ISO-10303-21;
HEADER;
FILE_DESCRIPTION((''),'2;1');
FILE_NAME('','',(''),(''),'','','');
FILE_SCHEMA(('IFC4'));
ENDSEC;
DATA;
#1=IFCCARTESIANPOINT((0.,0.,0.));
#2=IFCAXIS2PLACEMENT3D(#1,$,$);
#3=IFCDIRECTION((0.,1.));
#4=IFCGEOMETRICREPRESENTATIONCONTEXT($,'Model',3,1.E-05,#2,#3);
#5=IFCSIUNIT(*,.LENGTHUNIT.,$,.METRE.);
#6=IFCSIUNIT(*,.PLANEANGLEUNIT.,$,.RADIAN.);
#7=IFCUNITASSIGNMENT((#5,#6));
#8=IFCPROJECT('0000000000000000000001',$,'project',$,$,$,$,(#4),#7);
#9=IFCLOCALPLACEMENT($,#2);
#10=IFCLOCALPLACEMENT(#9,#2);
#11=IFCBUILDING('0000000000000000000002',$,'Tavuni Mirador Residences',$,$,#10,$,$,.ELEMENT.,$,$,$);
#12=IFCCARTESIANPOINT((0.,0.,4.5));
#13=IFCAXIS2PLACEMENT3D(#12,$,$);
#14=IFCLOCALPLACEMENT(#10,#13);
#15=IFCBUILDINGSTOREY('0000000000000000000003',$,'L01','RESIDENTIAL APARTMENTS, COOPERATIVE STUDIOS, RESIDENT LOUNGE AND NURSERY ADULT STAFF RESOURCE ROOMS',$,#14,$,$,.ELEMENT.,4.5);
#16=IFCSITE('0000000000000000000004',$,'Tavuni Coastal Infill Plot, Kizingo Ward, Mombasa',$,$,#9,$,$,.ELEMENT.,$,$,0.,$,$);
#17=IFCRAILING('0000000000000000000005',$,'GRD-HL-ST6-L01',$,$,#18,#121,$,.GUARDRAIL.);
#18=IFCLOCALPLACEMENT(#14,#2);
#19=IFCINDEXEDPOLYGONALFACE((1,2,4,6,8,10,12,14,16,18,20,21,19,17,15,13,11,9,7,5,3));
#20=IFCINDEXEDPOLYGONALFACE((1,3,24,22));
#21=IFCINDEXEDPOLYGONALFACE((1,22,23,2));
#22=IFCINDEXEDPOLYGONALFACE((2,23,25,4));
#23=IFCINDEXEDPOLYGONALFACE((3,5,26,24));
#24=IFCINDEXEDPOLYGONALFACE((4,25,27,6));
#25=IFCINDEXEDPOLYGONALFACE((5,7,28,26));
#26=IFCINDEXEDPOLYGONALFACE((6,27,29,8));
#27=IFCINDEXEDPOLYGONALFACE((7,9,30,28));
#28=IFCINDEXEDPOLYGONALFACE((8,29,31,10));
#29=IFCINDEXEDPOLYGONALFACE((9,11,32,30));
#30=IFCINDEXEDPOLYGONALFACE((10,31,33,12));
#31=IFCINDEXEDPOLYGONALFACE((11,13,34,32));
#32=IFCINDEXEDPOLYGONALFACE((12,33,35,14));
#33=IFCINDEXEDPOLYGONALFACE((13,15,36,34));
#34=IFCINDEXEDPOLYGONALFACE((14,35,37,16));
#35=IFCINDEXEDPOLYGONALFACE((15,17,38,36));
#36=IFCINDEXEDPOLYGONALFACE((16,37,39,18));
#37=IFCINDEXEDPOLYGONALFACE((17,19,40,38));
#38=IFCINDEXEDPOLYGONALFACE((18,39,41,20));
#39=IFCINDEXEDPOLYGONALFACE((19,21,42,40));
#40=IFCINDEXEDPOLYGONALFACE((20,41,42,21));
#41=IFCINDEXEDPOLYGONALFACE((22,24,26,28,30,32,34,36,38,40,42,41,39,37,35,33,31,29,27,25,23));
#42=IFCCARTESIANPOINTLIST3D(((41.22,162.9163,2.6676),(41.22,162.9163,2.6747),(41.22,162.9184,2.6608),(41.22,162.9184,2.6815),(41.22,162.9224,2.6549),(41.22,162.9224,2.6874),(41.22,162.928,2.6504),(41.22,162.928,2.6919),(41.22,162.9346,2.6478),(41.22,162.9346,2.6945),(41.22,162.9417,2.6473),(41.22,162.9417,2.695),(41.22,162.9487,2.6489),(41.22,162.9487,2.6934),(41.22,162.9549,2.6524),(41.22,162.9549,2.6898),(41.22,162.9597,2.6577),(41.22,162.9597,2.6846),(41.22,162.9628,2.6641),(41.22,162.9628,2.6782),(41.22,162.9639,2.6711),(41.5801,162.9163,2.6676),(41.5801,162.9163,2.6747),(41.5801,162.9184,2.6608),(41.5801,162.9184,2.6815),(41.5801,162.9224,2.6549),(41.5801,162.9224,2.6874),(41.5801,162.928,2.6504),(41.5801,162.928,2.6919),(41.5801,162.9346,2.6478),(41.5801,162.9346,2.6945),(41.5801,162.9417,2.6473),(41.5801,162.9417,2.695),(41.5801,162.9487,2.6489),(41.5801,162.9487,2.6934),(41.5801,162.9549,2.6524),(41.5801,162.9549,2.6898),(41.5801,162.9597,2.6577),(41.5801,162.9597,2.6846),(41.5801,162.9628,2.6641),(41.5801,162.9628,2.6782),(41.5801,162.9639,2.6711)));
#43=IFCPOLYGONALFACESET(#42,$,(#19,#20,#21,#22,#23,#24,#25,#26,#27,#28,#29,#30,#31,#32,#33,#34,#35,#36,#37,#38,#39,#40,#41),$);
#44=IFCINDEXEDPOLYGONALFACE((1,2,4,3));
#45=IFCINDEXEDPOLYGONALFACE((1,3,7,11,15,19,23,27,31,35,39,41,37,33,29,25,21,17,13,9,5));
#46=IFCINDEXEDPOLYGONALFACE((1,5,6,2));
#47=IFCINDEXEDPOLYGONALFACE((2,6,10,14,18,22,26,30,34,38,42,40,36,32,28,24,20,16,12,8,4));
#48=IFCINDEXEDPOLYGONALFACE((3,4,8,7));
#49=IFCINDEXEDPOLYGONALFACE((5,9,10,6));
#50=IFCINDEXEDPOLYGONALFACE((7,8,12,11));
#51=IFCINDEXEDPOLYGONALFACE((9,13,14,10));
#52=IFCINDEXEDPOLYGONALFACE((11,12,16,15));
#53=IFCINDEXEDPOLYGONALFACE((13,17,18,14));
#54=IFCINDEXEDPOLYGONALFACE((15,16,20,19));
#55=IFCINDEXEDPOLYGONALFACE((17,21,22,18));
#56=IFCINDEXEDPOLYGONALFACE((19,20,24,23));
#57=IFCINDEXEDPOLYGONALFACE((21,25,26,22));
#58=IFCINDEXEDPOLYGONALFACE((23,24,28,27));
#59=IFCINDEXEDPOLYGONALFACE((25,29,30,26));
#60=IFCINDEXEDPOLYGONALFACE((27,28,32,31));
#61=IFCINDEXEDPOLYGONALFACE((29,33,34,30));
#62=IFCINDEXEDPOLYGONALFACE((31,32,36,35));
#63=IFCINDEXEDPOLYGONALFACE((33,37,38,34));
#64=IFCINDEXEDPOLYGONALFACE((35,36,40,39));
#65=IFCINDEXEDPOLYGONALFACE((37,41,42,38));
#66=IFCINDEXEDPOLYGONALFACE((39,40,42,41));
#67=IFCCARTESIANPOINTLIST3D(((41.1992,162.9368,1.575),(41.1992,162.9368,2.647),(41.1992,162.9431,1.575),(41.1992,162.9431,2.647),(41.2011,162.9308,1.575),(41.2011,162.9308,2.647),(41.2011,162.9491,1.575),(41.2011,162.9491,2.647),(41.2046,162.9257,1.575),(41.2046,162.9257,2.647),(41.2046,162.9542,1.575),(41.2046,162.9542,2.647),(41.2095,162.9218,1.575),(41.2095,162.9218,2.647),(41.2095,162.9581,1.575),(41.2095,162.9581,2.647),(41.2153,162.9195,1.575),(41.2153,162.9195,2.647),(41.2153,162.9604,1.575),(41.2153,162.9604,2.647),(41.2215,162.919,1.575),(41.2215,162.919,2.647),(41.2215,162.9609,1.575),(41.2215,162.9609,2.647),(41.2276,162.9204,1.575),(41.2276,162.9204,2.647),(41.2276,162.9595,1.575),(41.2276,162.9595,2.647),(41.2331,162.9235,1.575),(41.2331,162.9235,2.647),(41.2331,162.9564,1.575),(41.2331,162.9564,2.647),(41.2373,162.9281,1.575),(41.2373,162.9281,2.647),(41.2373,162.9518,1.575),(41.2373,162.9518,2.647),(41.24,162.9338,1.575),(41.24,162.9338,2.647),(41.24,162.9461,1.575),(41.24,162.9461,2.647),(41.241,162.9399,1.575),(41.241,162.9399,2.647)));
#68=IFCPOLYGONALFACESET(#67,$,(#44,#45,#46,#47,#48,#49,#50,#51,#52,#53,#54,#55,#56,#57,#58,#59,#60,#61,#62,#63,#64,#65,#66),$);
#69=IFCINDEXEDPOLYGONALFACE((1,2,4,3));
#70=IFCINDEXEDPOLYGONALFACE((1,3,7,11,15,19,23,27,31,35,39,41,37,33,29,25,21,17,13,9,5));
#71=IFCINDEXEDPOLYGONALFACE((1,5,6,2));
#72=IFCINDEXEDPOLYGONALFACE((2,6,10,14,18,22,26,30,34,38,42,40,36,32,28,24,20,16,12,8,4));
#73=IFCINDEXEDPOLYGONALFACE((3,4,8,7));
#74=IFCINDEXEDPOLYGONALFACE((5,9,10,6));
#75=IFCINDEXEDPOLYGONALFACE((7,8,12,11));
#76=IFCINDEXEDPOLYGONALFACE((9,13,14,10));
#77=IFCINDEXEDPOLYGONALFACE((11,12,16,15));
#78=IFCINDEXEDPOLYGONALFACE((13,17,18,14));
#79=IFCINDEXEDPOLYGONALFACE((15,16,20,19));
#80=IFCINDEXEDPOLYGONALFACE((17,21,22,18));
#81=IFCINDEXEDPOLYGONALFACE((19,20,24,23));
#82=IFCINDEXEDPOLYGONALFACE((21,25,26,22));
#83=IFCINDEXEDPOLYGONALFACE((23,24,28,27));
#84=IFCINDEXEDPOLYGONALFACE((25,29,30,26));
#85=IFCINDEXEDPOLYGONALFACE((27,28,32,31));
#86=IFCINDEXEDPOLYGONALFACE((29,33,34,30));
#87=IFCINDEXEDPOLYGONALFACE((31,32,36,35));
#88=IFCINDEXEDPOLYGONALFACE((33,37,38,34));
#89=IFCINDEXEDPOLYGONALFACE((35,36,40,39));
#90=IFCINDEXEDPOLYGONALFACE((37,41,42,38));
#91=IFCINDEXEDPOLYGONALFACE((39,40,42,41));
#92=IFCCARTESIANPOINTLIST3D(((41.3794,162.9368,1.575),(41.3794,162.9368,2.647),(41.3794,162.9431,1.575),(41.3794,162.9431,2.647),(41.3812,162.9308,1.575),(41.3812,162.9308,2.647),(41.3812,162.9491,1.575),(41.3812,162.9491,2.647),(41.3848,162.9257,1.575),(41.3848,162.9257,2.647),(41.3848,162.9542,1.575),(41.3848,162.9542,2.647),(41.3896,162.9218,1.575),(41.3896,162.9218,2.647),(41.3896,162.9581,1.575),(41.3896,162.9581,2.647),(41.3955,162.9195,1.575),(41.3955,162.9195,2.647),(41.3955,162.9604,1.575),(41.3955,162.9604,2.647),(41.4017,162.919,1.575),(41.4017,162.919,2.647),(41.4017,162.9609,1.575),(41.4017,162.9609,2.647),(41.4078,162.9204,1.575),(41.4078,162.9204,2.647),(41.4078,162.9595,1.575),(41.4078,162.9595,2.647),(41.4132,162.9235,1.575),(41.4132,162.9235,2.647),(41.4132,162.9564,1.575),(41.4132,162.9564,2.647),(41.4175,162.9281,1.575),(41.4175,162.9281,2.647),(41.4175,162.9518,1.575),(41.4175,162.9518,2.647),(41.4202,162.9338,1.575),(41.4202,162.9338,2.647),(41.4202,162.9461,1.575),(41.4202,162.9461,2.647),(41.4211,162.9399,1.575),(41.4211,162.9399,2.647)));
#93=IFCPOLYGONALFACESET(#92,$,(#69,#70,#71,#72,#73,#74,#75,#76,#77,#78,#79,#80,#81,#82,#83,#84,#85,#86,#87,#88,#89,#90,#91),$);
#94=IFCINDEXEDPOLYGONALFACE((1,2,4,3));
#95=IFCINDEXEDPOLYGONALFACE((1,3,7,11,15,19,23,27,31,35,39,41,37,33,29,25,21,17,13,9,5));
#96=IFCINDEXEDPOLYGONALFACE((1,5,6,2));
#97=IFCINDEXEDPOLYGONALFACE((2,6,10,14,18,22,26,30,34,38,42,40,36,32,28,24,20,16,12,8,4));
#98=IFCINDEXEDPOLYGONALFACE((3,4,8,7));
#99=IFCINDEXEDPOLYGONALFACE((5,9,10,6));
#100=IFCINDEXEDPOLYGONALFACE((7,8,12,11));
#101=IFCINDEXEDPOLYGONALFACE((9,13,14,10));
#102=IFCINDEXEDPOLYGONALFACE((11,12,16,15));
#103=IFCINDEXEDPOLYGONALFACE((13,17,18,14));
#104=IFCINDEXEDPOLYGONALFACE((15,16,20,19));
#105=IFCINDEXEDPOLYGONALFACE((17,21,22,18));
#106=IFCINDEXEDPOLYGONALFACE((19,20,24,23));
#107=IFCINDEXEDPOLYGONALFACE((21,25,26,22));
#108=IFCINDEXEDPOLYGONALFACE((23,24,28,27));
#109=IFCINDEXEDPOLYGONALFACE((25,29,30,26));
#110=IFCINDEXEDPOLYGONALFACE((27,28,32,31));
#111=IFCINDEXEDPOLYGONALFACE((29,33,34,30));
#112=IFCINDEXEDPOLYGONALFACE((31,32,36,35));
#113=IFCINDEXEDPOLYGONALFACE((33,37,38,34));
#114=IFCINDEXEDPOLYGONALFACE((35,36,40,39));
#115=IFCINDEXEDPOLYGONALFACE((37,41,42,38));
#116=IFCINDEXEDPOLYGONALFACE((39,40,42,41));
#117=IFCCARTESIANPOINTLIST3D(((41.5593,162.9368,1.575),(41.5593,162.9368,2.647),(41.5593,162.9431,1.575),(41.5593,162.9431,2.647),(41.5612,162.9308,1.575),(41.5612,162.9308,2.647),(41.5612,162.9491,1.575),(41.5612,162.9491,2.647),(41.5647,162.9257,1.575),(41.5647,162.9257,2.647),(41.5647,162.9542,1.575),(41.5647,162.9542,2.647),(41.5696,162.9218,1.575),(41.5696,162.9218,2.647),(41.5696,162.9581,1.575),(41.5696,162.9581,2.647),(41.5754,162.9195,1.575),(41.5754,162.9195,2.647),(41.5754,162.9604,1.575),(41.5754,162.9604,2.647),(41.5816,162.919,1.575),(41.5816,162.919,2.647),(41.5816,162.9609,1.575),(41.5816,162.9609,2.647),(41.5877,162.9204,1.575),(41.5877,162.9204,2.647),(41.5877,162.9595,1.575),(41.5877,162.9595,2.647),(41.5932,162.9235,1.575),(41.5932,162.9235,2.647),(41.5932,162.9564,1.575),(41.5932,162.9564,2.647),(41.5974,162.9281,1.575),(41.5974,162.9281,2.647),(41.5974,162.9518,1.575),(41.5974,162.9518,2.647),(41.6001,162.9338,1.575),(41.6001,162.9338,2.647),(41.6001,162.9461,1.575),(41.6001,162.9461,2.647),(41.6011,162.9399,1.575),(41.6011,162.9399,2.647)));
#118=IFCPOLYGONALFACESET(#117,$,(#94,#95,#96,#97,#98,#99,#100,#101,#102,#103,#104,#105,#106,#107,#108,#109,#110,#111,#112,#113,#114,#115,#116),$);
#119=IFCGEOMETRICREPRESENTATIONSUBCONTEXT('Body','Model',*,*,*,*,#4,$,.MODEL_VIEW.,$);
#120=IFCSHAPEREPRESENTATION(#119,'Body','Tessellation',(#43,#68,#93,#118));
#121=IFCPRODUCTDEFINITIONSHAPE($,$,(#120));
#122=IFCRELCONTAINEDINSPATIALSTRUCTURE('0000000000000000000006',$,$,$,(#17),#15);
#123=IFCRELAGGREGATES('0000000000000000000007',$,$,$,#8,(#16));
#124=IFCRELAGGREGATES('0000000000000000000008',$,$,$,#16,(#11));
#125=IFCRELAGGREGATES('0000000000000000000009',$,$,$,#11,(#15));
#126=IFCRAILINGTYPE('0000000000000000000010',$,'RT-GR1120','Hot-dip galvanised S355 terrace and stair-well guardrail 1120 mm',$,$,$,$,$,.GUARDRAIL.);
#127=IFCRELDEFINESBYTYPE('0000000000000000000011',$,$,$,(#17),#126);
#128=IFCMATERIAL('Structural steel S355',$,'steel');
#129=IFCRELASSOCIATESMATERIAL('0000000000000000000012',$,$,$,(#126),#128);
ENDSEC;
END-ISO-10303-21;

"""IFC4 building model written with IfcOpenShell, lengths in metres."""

from ifc_helpers import new_model, si_unit, direction, frame, origin, origin_2d, place, context, subcontext, project, spatial, circle, extrude, material, type_object, element, save


model = new_model("IFC4")

# Units and contexts
model_context = context("Model", 3, precision=1e-05, world=origin(), true_north=direction((0.0, 1.0)))
body_context = subcontext(model_context, "Body", "Model", "MODEL_VIEW")
ifc_project = project(units=[si_unit("LENGTHUNIT", "METRE"), si_unit("PLANEANGLEUNIT", "RADIAN")], contexts=[model_context])

# Site, building, storey
site_placement = place(None, origin())
site = spatial("IfcSite", under=ifc_project, at=site_placement, Name="Tavuni Coastal Infill Plot, Kizingo Ward, Mombasa", CompositionType="ELEMENT", RefElevation=0.0)
building_placement = place(site_placement, origin())
building = spatial("IfcBuilding", under=site, at=building_placement, Name="Tavuni Mirador Residences", CompositionType="ELEMENT")
storey_placement = place(building_placement, frame((0.0, 0.0, 4.5)))
storey = spatial("IfcBuildingStorey", under=building, at=storey_placement, Name="L01", Description="RESIDENTIAL APARTMENTS, COOPERATIVE STUDIOS, RESIDENT LOUNGE AND NURSERY ADULT STAFF RESOURCE ROOMS", CompositionType="ELEMENT", Elevation=4.5)

# Shared definitions
ifc_material_1 = material(Name="Structural steel S355", Category="steel")

# Railing
railing_type_1 = type_object("IfcRailingType", Name="RT-GR1120", Description="Hot-dip galvanised S355 terrace and stair-well guardrail 1120 mm", PredefinedType="GUARDRAIL", material=ifc_material_1)
railing_1_placement = place(storey_placement, frame((41.22, 162.9399, 1.575)))
element("IfcRailing", 1, at=railing_1_placement, inside=storey, type_object=railing_type_1, Name="GRD-HL-ST6-L01", PredefinedType="GUARDRAIL", context=body_context, shape_type="SweptSolid", body=[
    extrude(circle(Radius=0.0239, at=origin_2d()), frame((0.0, 0.0, 1.0962), z_axis=(1.0, 0.0, 0.0), x_axis=(0.0, 1.0, 0.0)), (0.0, 0.0, 1.0), 0.3601),
    extrude(circle(Radius=0.021, at=origin_2d()), origin(), (0.0, 0.0, 1.0), 1.072),
    extrude(circle(Radius=0.021, at=origin_2d()), frame((0.1802, 0.0, 0.0)), (0.0, 0.0, 1.0), 1.072),
    extrude(circle(Radius=0.021, at=origin_2d()), frame((0.3601, 0.0, 0.0)), (0.0, 0.0, 1.0), 1.072),
])

save(model, "model.ifc")
